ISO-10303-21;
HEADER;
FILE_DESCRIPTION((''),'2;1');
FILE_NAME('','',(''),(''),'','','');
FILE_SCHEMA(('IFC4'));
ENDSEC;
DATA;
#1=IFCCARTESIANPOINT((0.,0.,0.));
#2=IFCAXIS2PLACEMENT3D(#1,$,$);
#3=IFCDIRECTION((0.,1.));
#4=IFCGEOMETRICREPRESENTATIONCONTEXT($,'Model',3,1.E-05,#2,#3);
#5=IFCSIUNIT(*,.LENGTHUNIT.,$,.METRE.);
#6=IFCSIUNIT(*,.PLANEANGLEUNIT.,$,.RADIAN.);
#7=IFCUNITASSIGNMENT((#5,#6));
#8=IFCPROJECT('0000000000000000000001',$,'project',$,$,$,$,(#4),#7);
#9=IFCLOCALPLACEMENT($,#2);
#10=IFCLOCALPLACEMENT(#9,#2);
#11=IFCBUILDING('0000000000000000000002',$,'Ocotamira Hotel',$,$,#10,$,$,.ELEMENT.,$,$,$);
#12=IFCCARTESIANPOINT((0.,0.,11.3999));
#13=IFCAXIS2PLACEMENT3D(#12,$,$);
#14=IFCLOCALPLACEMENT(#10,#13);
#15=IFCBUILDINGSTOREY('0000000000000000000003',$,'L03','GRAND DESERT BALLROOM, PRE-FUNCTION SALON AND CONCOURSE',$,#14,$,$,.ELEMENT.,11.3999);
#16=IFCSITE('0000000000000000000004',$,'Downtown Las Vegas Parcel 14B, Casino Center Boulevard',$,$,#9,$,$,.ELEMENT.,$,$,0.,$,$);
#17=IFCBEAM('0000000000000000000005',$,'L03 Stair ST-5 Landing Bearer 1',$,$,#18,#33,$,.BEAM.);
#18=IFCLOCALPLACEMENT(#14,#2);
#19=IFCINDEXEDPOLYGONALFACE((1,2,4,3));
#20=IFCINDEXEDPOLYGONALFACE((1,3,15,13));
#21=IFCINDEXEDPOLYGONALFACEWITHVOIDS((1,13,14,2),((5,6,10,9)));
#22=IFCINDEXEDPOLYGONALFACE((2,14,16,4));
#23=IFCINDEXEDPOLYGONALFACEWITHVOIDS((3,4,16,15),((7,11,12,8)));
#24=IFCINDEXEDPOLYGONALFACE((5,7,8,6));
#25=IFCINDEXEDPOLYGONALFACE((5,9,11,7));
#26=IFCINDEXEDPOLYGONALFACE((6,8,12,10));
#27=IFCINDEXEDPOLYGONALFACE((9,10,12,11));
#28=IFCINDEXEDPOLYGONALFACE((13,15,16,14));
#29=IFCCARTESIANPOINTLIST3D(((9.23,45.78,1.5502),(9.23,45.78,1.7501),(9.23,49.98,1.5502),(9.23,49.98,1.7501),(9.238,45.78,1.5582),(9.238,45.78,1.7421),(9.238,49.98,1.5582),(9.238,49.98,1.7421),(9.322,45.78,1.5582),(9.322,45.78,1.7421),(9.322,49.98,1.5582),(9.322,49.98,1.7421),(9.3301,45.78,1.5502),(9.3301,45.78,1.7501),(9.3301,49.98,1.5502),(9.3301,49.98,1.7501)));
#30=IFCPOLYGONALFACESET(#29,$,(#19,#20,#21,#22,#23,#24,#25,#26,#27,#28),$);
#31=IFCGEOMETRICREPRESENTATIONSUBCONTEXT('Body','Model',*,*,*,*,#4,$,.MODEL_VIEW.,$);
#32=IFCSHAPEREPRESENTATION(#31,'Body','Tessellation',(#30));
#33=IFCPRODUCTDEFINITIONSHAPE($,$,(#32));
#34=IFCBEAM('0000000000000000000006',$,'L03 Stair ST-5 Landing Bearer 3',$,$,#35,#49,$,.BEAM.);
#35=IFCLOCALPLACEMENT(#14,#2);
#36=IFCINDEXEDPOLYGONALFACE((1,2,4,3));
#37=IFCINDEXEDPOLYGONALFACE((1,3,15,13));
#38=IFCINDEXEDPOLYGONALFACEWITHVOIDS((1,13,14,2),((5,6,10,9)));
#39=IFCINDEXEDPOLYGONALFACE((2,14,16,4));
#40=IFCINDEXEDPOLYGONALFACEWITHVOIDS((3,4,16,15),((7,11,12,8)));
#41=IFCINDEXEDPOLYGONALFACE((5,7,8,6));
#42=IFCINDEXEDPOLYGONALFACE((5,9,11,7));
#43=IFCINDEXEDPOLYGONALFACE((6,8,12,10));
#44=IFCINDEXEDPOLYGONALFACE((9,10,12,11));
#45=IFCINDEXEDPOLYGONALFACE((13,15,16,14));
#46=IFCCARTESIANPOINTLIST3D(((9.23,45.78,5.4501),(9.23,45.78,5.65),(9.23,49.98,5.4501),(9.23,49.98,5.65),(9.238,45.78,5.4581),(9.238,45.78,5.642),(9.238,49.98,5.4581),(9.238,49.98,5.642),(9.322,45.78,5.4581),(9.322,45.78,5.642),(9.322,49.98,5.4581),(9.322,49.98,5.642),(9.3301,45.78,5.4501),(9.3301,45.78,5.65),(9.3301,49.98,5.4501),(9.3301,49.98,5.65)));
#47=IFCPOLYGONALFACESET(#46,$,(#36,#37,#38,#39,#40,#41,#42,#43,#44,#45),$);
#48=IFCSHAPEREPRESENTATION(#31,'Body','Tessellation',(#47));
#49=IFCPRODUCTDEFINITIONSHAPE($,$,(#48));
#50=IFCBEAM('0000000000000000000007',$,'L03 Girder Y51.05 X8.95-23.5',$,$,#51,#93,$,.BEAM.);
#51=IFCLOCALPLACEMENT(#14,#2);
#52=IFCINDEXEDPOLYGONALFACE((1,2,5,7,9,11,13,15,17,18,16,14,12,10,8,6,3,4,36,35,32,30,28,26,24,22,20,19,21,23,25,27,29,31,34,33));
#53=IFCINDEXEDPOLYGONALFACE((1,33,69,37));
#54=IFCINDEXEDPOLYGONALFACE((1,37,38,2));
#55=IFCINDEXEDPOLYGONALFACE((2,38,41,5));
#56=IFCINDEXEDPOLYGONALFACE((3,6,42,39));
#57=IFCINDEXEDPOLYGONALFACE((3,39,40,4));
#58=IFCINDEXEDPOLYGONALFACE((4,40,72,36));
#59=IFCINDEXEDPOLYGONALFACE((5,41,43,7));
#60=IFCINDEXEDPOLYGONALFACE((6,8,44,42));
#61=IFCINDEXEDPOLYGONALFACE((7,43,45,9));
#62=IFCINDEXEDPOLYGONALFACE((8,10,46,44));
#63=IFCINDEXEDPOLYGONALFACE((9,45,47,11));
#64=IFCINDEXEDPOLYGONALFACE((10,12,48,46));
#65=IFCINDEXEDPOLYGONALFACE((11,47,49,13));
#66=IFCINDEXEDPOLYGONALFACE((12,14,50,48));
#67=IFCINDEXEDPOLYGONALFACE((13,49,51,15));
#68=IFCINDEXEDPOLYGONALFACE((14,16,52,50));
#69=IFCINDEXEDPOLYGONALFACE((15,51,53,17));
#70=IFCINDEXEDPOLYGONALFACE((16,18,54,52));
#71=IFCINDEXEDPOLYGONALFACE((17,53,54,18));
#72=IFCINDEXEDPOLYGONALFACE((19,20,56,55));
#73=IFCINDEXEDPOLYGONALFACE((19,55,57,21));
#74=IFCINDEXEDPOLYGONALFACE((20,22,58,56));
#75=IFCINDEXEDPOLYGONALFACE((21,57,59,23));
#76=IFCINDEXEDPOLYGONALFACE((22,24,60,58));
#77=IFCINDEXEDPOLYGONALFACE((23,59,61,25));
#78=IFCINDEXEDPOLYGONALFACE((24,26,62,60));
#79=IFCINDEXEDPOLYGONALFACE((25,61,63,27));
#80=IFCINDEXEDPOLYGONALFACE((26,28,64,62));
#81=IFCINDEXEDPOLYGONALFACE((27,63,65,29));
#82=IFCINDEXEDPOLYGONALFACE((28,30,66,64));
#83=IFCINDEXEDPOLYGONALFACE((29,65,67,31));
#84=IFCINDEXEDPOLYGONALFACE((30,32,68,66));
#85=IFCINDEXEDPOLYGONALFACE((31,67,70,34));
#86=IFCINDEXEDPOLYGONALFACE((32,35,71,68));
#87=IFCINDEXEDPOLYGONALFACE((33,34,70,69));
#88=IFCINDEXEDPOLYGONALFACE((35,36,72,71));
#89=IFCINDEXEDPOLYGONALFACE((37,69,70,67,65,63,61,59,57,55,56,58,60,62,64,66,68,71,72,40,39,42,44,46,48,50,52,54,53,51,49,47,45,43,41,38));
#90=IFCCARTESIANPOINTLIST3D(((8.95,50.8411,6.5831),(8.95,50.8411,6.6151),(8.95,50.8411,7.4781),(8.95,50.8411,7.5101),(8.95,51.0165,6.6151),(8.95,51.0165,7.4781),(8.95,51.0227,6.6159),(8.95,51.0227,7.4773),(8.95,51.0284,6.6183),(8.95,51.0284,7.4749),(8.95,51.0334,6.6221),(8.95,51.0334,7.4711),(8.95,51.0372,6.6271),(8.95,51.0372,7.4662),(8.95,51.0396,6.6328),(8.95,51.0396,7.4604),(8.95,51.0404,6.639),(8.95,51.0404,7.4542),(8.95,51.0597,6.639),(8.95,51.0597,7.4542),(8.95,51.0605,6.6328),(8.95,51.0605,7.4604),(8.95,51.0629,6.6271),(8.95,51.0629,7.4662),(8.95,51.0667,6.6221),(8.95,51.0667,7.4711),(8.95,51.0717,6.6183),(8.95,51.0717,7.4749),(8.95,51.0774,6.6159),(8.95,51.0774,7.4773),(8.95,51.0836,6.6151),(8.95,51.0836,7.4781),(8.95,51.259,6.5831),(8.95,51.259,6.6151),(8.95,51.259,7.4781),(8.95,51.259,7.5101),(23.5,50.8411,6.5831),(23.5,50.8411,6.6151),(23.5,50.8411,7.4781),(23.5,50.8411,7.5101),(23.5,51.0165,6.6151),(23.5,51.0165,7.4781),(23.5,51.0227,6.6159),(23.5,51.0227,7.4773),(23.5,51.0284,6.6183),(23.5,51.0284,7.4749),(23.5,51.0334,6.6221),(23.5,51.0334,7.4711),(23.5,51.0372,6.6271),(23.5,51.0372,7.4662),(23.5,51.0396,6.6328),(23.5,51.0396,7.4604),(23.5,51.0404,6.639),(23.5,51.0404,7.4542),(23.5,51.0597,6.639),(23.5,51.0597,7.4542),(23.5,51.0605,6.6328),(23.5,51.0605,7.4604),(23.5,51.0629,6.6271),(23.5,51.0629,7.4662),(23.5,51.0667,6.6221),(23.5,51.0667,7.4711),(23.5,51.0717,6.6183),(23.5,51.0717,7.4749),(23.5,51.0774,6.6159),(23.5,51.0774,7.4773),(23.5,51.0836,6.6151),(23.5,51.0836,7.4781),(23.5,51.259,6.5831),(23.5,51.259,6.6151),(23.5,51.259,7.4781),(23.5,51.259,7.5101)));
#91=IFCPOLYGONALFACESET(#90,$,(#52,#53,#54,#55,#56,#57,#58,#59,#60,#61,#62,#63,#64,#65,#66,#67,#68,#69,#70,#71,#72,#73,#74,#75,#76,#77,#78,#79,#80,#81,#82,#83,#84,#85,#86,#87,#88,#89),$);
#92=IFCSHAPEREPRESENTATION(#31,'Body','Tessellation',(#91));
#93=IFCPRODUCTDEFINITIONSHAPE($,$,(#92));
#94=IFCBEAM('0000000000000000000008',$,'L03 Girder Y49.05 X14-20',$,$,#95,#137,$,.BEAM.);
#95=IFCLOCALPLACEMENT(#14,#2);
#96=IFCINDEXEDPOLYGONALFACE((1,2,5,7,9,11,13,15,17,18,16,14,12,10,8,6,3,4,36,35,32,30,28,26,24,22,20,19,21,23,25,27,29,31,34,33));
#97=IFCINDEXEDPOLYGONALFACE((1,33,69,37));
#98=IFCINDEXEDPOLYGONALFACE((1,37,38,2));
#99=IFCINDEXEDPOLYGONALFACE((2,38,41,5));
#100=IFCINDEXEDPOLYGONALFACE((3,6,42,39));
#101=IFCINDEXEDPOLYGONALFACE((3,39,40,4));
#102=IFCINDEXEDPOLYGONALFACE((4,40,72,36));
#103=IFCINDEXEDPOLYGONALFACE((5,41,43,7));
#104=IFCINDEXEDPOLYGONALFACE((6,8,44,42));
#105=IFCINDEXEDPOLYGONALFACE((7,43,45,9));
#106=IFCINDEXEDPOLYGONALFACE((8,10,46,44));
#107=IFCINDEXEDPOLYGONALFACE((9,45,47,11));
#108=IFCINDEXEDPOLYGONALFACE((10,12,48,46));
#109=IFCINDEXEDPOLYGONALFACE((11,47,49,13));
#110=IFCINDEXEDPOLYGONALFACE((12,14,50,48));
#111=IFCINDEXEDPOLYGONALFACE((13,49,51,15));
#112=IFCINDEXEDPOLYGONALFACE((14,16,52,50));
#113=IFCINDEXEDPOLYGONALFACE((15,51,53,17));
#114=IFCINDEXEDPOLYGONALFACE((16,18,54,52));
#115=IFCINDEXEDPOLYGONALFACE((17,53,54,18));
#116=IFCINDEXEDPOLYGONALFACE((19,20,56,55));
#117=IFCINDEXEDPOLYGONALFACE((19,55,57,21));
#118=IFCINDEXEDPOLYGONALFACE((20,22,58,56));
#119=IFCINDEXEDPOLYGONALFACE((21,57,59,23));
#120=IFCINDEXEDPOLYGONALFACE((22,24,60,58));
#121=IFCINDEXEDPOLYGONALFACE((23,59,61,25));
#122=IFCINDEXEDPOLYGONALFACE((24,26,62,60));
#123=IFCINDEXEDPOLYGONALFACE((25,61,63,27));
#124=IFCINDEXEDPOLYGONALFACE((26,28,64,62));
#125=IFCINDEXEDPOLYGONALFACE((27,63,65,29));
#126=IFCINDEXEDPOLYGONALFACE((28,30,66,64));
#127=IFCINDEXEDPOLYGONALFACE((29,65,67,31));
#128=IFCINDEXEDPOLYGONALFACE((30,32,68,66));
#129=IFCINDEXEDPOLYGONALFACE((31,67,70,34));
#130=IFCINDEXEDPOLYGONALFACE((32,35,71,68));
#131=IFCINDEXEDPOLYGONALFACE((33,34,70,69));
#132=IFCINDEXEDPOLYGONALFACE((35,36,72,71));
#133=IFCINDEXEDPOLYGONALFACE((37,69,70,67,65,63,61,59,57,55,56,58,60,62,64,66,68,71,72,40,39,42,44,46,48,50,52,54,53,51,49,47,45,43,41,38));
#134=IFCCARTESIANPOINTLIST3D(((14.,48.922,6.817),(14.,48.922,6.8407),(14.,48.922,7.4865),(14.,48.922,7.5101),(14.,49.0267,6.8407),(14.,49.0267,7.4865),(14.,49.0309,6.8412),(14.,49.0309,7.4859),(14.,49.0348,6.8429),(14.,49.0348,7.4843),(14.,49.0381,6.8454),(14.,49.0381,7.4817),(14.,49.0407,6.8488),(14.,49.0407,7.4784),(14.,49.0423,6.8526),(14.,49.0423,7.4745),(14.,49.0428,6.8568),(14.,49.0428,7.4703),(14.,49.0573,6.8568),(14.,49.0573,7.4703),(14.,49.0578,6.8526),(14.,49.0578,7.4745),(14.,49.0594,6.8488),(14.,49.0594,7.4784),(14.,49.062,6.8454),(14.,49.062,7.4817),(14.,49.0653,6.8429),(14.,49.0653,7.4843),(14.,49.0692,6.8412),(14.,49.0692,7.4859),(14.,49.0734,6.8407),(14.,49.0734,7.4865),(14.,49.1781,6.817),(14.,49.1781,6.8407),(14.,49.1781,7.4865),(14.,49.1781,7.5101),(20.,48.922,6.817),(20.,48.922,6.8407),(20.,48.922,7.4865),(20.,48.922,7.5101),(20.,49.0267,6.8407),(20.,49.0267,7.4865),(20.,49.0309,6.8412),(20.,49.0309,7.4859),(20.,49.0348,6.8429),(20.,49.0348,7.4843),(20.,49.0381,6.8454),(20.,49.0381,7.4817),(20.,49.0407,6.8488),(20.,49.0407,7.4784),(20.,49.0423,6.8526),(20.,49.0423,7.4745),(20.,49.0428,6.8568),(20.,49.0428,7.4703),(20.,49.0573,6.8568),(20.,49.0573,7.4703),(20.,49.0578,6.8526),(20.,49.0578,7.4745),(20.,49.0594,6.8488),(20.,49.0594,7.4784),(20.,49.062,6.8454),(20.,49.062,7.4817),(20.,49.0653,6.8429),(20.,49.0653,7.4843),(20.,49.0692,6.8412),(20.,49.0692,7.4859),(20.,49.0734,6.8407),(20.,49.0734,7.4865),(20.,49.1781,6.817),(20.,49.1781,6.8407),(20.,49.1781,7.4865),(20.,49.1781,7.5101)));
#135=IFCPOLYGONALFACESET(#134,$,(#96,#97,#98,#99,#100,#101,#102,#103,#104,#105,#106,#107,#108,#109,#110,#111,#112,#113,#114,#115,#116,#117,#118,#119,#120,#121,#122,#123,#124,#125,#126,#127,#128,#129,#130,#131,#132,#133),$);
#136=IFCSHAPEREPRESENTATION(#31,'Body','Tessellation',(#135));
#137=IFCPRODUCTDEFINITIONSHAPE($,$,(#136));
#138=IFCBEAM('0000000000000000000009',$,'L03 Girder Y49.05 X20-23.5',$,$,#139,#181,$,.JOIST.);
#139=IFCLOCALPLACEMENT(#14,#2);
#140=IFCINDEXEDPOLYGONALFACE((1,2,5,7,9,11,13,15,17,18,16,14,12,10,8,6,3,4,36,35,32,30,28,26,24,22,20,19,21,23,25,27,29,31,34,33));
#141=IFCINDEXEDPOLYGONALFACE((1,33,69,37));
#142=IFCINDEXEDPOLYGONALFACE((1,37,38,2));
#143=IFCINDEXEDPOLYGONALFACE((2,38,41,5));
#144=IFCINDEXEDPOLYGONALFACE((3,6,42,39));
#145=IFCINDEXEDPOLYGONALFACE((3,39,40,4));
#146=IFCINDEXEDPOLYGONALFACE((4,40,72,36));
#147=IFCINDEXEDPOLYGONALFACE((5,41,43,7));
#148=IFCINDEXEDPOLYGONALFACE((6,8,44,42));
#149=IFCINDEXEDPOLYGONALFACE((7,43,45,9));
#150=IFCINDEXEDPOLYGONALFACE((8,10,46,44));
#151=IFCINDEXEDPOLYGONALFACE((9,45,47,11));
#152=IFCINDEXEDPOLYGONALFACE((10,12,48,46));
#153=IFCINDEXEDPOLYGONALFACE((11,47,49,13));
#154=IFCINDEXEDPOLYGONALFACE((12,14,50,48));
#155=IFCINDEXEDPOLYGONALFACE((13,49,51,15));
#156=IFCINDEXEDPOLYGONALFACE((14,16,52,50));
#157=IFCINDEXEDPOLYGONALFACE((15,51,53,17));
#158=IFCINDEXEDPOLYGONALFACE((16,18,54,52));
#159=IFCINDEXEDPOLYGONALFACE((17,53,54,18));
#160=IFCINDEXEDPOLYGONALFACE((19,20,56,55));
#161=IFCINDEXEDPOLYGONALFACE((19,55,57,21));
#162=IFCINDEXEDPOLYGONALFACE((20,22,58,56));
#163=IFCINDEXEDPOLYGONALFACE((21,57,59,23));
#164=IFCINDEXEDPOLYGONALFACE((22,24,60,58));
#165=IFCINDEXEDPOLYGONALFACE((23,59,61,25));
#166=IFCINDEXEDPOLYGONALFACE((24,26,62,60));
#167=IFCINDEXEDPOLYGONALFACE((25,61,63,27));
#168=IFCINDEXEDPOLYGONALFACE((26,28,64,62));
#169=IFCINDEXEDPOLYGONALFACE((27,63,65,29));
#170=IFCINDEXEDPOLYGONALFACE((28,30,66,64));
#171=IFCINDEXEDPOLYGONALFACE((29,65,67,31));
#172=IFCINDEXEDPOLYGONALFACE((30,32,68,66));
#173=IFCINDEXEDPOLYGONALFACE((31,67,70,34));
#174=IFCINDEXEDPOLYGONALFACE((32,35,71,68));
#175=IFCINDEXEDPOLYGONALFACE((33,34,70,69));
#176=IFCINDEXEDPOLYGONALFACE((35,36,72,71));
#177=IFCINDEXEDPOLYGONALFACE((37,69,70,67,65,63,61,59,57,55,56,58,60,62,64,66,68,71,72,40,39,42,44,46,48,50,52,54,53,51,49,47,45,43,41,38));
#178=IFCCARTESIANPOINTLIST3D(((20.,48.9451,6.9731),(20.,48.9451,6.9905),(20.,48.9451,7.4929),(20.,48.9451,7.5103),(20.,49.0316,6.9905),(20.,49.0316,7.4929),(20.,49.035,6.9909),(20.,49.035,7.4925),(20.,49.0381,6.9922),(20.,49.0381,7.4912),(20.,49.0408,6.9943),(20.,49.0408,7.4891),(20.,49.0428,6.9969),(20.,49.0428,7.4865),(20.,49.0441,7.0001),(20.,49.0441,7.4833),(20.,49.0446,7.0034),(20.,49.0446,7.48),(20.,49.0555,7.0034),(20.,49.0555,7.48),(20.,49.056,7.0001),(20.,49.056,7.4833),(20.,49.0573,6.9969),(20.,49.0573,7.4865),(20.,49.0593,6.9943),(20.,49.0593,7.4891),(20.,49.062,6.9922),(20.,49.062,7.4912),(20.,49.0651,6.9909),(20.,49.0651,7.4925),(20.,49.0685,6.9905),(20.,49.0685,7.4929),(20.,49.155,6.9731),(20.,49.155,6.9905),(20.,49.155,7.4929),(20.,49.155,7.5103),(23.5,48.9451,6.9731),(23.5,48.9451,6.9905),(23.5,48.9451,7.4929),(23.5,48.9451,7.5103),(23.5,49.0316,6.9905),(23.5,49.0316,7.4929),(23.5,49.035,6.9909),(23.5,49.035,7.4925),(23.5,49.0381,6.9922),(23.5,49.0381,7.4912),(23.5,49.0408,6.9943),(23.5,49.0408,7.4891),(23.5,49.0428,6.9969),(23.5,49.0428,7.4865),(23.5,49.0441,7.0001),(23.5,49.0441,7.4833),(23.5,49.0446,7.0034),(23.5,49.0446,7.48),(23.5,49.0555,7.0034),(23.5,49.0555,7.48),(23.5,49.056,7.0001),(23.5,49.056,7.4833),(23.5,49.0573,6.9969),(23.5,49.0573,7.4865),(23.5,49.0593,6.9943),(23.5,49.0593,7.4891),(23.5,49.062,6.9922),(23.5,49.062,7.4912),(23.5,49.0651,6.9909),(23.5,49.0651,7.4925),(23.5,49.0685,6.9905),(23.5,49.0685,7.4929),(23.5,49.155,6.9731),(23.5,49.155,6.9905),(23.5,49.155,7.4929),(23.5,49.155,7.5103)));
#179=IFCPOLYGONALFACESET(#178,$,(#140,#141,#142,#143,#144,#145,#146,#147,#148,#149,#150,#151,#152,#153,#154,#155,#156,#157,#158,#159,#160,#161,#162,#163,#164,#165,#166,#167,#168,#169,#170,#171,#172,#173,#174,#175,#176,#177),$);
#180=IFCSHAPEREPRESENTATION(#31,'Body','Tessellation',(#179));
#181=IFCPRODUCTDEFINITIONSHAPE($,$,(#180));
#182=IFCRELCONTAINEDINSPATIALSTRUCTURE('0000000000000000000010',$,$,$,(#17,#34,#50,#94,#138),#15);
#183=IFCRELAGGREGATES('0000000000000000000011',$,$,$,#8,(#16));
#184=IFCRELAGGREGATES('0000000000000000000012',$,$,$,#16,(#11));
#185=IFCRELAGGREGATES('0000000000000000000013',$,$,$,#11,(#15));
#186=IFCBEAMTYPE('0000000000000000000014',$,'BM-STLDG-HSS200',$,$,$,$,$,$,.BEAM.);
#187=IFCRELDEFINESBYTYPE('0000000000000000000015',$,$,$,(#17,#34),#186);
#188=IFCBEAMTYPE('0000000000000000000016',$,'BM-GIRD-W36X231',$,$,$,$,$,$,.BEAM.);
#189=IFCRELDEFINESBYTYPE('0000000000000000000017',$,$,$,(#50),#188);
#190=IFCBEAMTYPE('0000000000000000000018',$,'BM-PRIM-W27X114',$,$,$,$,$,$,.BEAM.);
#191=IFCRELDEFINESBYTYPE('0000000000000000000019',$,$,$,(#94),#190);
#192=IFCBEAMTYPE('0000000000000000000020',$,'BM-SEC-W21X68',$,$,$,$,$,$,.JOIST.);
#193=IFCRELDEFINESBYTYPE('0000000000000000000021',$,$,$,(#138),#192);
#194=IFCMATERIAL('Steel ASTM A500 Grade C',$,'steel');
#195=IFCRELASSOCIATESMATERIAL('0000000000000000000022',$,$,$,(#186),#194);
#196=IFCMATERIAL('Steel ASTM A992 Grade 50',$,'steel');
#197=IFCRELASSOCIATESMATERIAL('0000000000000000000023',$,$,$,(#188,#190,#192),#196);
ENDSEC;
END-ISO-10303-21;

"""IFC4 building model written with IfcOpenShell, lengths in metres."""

from ifc_helpers import new_model, si_unit, direction, frame, origin, origin_2d, place, context, subcontext, project, spatial, hollow_rectangle, i_section, extrude, source, transform, mapped, material, material_profile, profile_set, type_object, element, save


model = new_model("IFC4")

# Units and contexts
model_context = context("Model", 3, precision=1e-05, world=origin(), true_north=direction((0.0, 1.0)))
body_context = subcontext(model_context, "Body", "Model", "MODEL_VIEW")
ifc_project = project(units=[si_unit("LENGTHUNIT", "METRE"), si_unit("PLANEANGLEUNIT", "RADIAN")], contexts=[model_context])

# Site, building, storey
site_placement = place(None, origin())
site = spatial("IfcSite", under=ifc_project, at=site_placement, Name="Downtown Las Vegas Parcel 14B, Casino Center Boulevard", CompositionType="ELEMENT", RefElevation=0.0)
building_placement = place(site_placement, origin())
building = spatial("IfcBuilding", under=site, at=building_placement, Name="Ocotamira Hotel", CompositionType="ELEMENT")
storey_placement = place(building_placement, frame((0.0, 0.0, 11.3999)))
storey = spatial("IfcBuildingStorey", under=building, at=storey_placement, Name="L03", Description="GRAND DESERT BALLROOM, PRE-FUNCTION SALON AND CONCOURSE", CompositionType="ELEMENT", Elevation=11.3999)

# Beams
ifc_material_1 = material(Name="Steel ASTM A500 Grade C", Category="steel")
ifc_material_profile_1 = material_profile(ifc_material_1, hollow_rectangle(XDim=0.1001, YDim=0.2, WallThickness=0.0081, at=origin_2d()), Name="HSS200X100X8")
ifc_profile_set_1 = profile_set([ifc_material_profile_1], Name="Steel ASTM A500 Grade C")
beam_type_1 = type_object("IfcBeamType", Name="BM-STLDG-HSS200", PredefinedType="BEAM", material=ifc_profile_set_1)
shared_shape_1 = source(origin(), body_context, "Body", "SweptSolid", [
    extrude(hollow_rectangle(XDim=0.1001, YDim=0.2, WallThickness=0.0081, at=origin_2d()), origin(), (0.0, 0.0, 1.0), 4.2),
])
for number, where, z_axis, x_axis, name in (
    (1, (9.28, 45.78, 1.6501), (0.0, 1.0, 0.0), (-1.0, 0.0, 0.0), "L03 Stair ST-5 Landing Bearer 1"),
    (2, (9.28, 45.78, 5.55), (0.0, 1.0, 0.0), (-1.0, 0.0, 0.0), "L03 Stair ST-5 Landing Bearer 3"),
):
    element("IfcBeam", number, at=place(storey_placement, frame(where, z_axis=z_axis, x_axis=x_axis)), inside=storey, type_object=beam_type_1, Name=name, PredefinedType="BEAM", context=body_context, shape_type="MappedRepresentation", body=[
        mapped(shared_shape_1, transform((0.0, 0.0, 0.0), scale=1.0)),
    ])
ifc_material_2 = material(Name="Steel ASTM A992 Grade 50", Category="steel")
ifc_material_profile_2 = material_profile(ifc_material_2, i_section(OverallWidth=0.418, OverallDepth=0.927, WebThickness=0.0193, FlangeThickness=0.032, FilletRadius=0.0239, at=origin_2d()), Name="W36X231")
ifc_profile_set_2 = profile_set([ifc_material_profile_2], Name="Steel ASTM A992 Grade 50")
beam_type_2 = type_object("IfcBeamType", Name="BM-GIRD-W36X231", PredefinedType="BEAM", material=ifc_profile_set_2)
shared_shape_2 = source(origin(), body_context, "Body", "SweptSolid", [
    extrude(i_section(OverallWidth=0.418, OverallDepth=0.927, WebThickness=0.0193, FlangeThickness=0.032, FilletRadius=0.0239, at=origin_2d()), origin(), (0.0, 0.0, 1.0), 14.55),
])
beam_1_placement = place(storey_placement, frame((8.95, 51.05, 7.0466), z_axis=(1.0, 0.0, 0.0), x_axis=(0.0, 1.0, 0.0)))
element("IfcBeam", 3, at=beam_1_placement, inside=storey, type_object=beam_type_2, Name="L03 Girder Y51.05 X8.95-23.5", PredefinedType="BEAM", context=body_context, shape_type="MappedRepresentation", body=[
    mapped(shared_shape_2, transform((0.0, 0.0, 0.0), scale=1.0)),
])
ifc_material_profile_3 = material_profile(ifc_material_2, i_section(OverallWidth=0.2561, OverallDepth=0.6931, WebThickness=0.0144, FlangeThickness=0.0237, FilletRadius=0.0161, at=origin_2d()), Name="W27X114")
ifc_profile_set_3 = profile_set([ifc_material_profile_3], Name="Steel ASTM A992 Grade 50")
beam_type_3 = type_object("IfcBeamType", Name="BM-PRIM-W27X114", PredefinedType="BEAM", material=ifc_profile_set_3)
shared_shape_3 = source(origin(), body_context, "Body", "SweptSolid", [
    extrude(i_section(OverallWidth=0.2561, OverallDepth=0.6931, WebThickness=0.0144, FlangeThickness=0.0237, FilletRadius=0.0161, at=origin_2d()), origin(), (0.0, 0.0, 1.0), 6.0),
])
beam_2_placement = place(storey_placement, frame((14.0, 49.05, 7.1636), z_axis=(1.0, 0.0, 0.0), x_axis=(0.0, 1.0, 0.0)))
element("IfcBeam", 4, at=beam_2_placement, inside=storey, type_object=beam_type_3, Name="L03 Girder Y49.05 X14-20", PredefinedType="BEAM", context=body_context, shape_type="MappedRepresentation", body=[
    mapped(shared_shape_3, transform((0.0, 0.0, 0.0), scale=1.0)),
])
ifc_material_profile_4 = material_profile(ifc_material_2, i_section(OverallWidth=0.21, OverallDepth=0.5371, WebThickness=0.011, FlangeThickness=0.0173, FilletRadius=0.0129, at=origin_2d()), Name="W21X68")
ifc_profile_set_4 = profile_set([ifc_material_profile_4], Name="Steel ASTM A992 Grade 50")
beam_type_4 = type_object("IfcBeamType", Name="BM-SEC-W21X68", PredefinedType="JOIST", material=ifc_profile_set_4)
shared_shape_4 = source(origin(), body_context, "Body", "SweptSolid", [
    extrude(i_section(OverallWidth=0.21, OverallDepth=0.5371, WebThickness=0.011, FlangeThickness=0.0173, FilletRadius=0.0129, at=origin_2d()), origin(), (0.0, 0.0, 1.0), 3.5),
])
beam_3_placement = place(storey_placement, frame((20.0, 49.05, 7.2417), z_axis=(1.0, 0.0, 0.0), x_axis=(0.0, 1.0, 0.0)))
element("IfcBeam", 5, at=beam_3_placement, inside=storey, type_object=beam_type_4, Name="L03 Girder Y49.05 X20-23.5", PredefinedType="JOIST", context=body_context, shape_type="MappedRepresentation", body=[
    mapped(shared_shape_4, transform((0.0, 0.0, 0.0), scale=1.0)),
])

save(model, "model.ifc")
